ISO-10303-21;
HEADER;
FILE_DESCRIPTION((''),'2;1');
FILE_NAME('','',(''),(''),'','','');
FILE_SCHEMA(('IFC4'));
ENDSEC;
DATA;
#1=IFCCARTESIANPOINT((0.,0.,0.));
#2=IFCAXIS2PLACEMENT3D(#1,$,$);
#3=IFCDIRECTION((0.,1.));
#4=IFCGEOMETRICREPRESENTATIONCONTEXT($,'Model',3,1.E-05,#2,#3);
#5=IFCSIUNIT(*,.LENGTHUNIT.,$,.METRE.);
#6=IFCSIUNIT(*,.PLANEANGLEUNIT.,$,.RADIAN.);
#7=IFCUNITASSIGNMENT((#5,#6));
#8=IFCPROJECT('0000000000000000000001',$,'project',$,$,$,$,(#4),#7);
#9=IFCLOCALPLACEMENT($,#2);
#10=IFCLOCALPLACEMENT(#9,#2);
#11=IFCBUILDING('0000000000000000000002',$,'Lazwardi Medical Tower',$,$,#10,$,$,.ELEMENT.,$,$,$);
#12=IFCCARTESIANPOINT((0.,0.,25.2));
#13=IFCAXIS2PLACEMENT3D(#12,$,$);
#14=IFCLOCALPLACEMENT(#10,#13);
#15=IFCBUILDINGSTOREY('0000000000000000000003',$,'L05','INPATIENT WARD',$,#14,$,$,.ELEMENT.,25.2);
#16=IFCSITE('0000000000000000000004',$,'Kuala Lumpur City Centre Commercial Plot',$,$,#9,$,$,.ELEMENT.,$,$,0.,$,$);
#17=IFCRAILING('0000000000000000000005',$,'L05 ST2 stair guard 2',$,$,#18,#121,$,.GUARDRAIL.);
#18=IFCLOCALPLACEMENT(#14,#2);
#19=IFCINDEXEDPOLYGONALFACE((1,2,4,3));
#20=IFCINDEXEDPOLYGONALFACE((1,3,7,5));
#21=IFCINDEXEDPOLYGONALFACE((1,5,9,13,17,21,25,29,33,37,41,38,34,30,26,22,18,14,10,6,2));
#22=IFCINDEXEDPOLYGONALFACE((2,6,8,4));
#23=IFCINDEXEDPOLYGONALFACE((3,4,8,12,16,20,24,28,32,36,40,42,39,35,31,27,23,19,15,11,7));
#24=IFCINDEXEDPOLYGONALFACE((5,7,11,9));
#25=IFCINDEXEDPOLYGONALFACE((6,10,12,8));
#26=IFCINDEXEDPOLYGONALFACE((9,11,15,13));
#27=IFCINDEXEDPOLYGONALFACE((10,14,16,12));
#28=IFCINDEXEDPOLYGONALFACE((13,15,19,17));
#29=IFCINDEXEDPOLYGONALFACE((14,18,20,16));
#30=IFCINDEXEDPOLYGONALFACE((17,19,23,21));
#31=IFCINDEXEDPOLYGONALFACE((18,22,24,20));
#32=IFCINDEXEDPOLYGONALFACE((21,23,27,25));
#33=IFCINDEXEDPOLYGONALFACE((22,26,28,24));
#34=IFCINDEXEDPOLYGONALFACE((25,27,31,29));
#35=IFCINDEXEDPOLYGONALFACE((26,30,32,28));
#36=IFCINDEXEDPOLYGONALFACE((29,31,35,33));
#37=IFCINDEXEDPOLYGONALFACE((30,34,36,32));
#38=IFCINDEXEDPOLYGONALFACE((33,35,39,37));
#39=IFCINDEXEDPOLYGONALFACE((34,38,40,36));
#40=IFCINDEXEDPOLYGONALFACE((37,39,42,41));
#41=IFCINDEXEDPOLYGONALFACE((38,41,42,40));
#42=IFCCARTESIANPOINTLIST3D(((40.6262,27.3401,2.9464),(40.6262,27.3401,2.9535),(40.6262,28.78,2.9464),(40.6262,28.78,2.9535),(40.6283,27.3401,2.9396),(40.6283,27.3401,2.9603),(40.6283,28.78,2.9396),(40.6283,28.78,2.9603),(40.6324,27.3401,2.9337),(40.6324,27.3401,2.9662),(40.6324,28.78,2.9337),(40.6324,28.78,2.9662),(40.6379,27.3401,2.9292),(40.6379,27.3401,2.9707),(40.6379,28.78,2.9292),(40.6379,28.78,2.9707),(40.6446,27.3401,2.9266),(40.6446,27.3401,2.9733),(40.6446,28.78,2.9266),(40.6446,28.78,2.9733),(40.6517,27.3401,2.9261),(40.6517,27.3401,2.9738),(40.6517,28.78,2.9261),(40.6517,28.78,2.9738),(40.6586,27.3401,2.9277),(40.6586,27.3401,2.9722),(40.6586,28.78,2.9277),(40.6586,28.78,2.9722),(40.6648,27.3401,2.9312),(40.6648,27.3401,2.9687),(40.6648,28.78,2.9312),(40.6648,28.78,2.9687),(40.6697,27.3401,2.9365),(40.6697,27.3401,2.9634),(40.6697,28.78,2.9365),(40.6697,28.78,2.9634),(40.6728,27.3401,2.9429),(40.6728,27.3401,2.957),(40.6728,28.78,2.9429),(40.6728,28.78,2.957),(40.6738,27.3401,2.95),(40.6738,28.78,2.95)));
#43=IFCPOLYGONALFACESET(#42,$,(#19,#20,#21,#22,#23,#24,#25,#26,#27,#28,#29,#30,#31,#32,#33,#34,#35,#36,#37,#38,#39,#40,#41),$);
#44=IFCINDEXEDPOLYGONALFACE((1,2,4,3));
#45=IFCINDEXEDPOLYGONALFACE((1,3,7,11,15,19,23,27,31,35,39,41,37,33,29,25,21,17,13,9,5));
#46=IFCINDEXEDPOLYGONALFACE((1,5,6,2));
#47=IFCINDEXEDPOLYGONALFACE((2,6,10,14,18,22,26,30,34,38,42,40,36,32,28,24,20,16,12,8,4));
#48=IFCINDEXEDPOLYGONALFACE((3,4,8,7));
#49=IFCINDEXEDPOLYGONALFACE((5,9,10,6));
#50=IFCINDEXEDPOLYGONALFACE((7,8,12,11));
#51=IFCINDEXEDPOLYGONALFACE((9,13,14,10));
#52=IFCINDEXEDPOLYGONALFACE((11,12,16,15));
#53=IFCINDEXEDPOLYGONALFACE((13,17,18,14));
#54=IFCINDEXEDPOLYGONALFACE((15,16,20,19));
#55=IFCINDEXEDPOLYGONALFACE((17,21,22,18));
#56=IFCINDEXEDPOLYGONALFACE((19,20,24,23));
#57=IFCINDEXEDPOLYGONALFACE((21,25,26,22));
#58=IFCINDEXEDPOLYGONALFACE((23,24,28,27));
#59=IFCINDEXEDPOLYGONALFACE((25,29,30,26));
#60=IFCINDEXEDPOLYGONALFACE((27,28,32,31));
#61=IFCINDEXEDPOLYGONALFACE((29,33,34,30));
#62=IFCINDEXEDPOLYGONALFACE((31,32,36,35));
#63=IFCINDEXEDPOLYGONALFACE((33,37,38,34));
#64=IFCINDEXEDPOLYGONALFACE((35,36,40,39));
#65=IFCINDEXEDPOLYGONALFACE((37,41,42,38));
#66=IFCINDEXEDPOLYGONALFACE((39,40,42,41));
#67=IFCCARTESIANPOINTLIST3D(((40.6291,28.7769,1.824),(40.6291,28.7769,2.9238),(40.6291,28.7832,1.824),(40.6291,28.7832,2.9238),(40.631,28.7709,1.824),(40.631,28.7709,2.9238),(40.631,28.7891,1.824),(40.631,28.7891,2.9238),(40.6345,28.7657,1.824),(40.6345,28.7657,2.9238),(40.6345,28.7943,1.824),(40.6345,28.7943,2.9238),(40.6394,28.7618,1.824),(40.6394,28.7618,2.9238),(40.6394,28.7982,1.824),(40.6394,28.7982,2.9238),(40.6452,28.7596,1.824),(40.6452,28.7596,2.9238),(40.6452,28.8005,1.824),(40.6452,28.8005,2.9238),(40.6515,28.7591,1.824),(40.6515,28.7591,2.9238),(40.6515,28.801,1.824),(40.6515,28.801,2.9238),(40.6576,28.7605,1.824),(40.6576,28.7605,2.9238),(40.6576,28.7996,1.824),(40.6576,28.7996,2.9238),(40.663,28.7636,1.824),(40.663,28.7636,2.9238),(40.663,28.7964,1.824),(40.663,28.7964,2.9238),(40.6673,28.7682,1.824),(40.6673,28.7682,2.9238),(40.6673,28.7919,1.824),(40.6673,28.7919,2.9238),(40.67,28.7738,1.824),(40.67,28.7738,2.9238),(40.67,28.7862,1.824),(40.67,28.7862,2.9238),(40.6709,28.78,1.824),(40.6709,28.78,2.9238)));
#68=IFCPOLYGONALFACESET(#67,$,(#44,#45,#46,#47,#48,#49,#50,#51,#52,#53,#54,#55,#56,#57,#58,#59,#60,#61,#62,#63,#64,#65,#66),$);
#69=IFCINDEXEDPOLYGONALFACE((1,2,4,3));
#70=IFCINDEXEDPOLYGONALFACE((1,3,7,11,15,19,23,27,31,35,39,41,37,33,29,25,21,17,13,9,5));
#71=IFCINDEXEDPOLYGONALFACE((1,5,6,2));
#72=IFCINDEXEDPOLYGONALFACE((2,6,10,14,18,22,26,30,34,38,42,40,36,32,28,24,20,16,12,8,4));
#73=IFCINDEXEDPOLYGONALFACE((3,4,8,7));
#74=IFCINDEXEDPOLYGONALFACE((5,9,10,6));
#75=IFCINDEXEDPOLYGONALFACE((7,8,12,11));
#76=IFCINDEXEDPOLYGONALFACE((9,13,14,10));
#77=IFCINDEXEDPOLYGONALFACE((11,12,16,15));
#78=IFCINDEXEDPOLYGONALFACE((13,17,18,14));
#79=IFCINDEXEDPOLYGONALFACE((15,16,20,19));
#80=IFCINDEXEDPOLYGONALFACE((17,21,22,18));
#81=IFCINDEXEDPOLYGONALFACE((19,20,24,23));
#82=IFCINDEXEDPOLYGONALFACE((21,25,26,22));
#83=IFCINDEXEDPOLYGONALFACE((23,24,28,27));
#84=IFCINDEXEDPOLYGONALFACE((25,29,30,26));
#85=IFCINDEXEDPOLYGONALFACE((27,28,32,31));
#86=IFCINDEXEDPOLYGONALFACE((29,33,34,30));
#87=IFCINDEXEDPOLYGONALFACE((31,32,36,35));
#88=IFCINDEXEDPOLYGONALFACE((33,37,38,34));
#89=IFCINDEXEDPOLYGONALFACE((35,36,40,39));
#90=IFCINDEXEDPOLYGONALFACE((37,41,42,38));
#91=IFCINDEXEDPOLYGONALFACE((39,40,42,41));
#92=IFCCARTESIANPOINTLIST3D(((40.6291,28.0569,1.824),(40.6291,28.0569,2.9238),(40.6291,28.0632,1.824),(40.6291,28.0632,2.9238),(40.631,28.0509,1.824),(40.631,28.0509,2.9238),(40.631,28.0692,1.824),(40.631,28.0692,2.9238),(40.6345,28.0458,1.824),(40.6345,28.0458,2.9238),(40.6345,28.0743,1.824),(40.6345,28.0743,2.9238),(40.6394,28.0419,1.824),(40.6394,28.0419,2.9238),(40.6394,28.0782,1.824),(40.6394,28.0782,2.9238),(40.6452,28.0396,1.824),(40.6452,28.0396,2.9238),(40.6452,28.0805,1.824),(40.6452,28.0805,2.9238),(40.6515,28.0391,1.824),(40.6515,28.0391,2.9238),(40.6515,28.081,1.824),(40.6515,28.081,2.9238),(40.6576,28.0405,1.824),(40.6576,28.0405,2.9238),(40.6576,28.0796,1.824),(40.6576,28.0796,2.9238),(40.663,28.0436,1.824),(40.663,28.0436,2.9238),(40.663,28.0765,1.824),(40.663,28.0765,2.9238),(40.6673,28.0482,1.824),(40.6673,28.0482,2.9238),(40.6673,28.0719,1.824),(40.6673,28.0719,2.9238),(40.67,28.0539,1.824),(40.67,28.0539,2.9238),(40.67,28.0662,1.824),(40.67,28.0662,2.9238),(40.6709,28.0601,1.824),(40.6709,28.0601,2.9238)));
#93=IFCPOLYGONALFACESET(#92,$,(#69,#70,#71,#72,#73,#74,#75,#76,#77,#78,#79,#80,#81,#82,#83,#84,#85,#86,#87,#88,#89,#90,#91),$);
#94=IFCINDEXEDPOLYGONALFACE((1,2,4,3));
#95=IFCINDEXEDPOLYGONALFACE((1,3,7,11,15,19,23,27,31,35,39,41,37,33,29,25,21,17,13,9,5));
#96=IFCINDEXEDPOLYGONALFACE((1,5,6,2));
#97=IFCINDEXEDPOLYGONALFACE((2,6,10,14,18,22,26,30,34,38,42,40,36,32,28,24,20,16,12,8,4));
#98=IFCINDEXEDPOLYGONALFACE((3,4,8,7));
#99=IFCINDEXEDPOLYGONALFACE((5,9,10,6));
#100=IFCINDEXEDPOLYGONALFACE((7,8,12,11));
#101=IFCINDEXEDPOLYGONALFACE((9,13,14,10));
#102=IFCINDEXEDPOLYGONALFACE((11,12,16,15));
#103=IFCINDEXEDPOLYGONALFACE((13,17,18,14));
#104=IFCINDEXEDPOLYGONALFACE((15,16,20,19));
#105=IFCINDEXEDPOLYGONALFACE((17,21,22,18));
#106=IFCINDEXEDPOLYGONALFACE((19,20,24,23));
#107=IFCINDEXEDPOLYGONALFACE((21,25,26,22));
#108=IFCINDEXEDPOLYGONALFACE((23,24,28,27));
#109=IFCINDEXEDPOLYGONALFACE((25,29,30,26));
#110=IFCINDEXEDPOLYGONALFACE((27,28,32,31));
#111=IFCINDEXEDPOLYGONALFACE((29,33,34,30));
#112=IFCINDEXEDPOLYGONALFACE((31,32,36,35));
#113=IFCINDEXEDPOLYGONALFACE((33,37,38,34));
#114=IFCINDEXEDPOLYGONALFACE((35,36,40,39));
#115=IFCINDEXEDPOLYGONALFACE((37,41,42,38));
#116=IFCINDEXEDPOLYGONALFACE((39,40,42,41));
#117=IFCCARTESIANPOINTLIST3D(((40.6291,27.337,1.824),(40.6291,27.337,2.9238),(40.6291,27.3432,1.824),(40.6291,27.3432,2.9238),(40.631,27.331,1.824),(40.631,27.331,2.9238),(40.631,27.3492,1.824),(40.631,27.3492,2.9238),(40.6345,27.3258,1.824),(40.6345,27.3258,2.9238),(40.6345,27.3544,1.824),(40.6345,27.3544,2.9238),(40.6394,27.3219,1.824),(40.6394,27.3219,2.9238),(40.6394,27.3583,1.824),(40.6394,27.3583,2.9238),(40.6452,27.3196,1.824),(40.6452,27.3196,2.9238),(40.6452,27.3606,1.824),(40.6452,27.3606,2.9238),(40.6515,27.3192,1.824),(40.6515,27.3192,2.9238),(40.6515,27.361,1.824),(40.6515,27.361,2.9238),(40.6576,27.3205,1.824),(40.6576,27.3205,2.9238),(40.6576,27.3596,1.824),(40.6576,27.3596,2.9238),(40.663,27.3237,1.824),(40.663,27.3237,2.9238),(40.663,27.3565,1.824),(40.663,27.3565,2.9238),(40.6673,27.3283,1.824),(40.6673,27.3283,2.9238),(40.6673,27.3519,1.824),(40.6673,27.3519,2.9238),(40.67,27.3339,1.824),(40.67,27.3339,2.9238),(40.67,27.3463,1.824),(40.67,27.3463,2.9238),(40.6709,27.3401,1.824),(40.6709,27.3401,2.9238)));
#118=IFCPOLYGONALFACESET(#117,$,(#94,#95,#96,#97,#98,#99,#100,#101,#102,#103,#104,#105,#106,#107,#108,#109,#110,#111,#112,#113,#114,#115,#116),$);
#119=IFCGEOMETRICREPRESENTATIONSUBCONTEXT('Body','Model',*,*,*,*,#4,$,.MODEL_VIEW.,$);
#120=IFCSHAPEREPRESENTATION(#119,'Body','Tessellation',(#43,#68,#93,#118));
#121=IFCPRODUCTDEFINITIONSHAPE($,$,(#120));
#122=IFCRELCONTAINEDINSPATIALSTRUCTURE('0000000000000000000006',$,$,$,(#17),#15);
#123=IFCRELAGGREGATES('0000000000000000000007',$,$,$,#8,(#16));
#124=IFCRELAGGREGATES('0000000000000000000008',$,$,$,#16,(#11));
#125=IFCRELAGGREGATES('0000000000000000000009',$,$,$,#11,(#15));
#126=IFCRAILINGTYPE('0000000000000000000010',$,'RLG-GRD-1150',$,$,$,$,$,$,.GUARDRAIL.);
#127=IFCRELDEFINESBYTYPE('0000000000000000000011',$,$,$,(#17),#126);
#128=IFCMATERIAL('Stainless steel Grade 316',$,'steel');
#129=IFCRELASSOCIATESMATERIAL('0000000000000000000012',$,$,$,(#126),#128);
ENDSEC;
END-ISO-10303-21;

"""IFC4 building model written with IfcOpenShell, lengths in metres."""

from ifc_helpers import new_model, si_unit, direction, frame, origin, origin_2d, place, context, subcontext, project, spatial, circle, extrude, material, type_object, element, save


model = new_model("IFC4")

# Units and contexts
model_context = context("Model", 3, precision=1e-05, world=origin(), true_north=direction((0.0, 1.0)))
body_context = subcontext(model_context, "Body", "Model", "MODEL_VIEW")
ifc_project = project(units=[si_unit("LENGTHUNIT", "METRE"), si_unit("PLANEANGLEUNIT", "RADIAN")], contexts=[model_context])

# Site, building, storey
site_placement = place(None, origin())
site = spatial("IfcSite", under=ifc_project, at=site_placement, Name="Kuala Lumpur City Centre Commercial Plot", CompositionType="ELEMENT", RefElevation=0.0)
building_placement = place(site_placement, origin())
building = spatial("IfcBuilding", under=site, at=building_placement, Name="Lazwardi Medical Tower", CompositionType="ELEMENT")
storey_placement = place(building_placement, frame((0.0, 0.0, 25.2)))
storey = spatial("IfcBuildingStorey", under=building, at=storey_placement, Name="L05", Description="INPATIENT WARD", CompositionType="ELEMENT", Elevation=25.2)

# Railing
ifc_material_1 = material(Name="Stainless steel Grade 316", Category="steel")
railing_type_1 = type_object("IfcRailingType", Name="RLG-GRD-1150", PredefinedType="GUARDRAIL", material=ifc_material_1)
railing_1_placement = place(storey_placement, frame((40.6499, 28.78, 1.824)))
element("IfcRailing", 1, at=railing_1_placement, inside=storey, type_object=railing_type_1, Name="L05 ST2 stair guard 2", PredefinedType="GUARDRAIL", context=body_context, shape_type="SweptSolid", body=[
    extrude(circle(Radius=0.0239, at=origin_2d()), frame((0.0, 0.0, 1.126), z_axis=(0.0, -1.0, 0.0), x_axis=(1.0, 0.0, 0.0)), (0.0, 0.0, 1.0), 1.4399),
    extrude(circle(Radius=0.021, at=origin_2d()), origin(), (0.0, 0.0, 1.0), 1.0999),
    extrude(circle(Radius=0.021, at=origin_2d()), frame((0.0, -0.72, 0.0)), (0.0, 0.0, 1.0), 1.0999),
    extrude(circle(Radius=0.021, at=origin_2d()), frame((0.0, -1.4399, 0.0)), (0.0, 0.0, 1.0), 1.0999),
])

save(model, "model.ifc")
